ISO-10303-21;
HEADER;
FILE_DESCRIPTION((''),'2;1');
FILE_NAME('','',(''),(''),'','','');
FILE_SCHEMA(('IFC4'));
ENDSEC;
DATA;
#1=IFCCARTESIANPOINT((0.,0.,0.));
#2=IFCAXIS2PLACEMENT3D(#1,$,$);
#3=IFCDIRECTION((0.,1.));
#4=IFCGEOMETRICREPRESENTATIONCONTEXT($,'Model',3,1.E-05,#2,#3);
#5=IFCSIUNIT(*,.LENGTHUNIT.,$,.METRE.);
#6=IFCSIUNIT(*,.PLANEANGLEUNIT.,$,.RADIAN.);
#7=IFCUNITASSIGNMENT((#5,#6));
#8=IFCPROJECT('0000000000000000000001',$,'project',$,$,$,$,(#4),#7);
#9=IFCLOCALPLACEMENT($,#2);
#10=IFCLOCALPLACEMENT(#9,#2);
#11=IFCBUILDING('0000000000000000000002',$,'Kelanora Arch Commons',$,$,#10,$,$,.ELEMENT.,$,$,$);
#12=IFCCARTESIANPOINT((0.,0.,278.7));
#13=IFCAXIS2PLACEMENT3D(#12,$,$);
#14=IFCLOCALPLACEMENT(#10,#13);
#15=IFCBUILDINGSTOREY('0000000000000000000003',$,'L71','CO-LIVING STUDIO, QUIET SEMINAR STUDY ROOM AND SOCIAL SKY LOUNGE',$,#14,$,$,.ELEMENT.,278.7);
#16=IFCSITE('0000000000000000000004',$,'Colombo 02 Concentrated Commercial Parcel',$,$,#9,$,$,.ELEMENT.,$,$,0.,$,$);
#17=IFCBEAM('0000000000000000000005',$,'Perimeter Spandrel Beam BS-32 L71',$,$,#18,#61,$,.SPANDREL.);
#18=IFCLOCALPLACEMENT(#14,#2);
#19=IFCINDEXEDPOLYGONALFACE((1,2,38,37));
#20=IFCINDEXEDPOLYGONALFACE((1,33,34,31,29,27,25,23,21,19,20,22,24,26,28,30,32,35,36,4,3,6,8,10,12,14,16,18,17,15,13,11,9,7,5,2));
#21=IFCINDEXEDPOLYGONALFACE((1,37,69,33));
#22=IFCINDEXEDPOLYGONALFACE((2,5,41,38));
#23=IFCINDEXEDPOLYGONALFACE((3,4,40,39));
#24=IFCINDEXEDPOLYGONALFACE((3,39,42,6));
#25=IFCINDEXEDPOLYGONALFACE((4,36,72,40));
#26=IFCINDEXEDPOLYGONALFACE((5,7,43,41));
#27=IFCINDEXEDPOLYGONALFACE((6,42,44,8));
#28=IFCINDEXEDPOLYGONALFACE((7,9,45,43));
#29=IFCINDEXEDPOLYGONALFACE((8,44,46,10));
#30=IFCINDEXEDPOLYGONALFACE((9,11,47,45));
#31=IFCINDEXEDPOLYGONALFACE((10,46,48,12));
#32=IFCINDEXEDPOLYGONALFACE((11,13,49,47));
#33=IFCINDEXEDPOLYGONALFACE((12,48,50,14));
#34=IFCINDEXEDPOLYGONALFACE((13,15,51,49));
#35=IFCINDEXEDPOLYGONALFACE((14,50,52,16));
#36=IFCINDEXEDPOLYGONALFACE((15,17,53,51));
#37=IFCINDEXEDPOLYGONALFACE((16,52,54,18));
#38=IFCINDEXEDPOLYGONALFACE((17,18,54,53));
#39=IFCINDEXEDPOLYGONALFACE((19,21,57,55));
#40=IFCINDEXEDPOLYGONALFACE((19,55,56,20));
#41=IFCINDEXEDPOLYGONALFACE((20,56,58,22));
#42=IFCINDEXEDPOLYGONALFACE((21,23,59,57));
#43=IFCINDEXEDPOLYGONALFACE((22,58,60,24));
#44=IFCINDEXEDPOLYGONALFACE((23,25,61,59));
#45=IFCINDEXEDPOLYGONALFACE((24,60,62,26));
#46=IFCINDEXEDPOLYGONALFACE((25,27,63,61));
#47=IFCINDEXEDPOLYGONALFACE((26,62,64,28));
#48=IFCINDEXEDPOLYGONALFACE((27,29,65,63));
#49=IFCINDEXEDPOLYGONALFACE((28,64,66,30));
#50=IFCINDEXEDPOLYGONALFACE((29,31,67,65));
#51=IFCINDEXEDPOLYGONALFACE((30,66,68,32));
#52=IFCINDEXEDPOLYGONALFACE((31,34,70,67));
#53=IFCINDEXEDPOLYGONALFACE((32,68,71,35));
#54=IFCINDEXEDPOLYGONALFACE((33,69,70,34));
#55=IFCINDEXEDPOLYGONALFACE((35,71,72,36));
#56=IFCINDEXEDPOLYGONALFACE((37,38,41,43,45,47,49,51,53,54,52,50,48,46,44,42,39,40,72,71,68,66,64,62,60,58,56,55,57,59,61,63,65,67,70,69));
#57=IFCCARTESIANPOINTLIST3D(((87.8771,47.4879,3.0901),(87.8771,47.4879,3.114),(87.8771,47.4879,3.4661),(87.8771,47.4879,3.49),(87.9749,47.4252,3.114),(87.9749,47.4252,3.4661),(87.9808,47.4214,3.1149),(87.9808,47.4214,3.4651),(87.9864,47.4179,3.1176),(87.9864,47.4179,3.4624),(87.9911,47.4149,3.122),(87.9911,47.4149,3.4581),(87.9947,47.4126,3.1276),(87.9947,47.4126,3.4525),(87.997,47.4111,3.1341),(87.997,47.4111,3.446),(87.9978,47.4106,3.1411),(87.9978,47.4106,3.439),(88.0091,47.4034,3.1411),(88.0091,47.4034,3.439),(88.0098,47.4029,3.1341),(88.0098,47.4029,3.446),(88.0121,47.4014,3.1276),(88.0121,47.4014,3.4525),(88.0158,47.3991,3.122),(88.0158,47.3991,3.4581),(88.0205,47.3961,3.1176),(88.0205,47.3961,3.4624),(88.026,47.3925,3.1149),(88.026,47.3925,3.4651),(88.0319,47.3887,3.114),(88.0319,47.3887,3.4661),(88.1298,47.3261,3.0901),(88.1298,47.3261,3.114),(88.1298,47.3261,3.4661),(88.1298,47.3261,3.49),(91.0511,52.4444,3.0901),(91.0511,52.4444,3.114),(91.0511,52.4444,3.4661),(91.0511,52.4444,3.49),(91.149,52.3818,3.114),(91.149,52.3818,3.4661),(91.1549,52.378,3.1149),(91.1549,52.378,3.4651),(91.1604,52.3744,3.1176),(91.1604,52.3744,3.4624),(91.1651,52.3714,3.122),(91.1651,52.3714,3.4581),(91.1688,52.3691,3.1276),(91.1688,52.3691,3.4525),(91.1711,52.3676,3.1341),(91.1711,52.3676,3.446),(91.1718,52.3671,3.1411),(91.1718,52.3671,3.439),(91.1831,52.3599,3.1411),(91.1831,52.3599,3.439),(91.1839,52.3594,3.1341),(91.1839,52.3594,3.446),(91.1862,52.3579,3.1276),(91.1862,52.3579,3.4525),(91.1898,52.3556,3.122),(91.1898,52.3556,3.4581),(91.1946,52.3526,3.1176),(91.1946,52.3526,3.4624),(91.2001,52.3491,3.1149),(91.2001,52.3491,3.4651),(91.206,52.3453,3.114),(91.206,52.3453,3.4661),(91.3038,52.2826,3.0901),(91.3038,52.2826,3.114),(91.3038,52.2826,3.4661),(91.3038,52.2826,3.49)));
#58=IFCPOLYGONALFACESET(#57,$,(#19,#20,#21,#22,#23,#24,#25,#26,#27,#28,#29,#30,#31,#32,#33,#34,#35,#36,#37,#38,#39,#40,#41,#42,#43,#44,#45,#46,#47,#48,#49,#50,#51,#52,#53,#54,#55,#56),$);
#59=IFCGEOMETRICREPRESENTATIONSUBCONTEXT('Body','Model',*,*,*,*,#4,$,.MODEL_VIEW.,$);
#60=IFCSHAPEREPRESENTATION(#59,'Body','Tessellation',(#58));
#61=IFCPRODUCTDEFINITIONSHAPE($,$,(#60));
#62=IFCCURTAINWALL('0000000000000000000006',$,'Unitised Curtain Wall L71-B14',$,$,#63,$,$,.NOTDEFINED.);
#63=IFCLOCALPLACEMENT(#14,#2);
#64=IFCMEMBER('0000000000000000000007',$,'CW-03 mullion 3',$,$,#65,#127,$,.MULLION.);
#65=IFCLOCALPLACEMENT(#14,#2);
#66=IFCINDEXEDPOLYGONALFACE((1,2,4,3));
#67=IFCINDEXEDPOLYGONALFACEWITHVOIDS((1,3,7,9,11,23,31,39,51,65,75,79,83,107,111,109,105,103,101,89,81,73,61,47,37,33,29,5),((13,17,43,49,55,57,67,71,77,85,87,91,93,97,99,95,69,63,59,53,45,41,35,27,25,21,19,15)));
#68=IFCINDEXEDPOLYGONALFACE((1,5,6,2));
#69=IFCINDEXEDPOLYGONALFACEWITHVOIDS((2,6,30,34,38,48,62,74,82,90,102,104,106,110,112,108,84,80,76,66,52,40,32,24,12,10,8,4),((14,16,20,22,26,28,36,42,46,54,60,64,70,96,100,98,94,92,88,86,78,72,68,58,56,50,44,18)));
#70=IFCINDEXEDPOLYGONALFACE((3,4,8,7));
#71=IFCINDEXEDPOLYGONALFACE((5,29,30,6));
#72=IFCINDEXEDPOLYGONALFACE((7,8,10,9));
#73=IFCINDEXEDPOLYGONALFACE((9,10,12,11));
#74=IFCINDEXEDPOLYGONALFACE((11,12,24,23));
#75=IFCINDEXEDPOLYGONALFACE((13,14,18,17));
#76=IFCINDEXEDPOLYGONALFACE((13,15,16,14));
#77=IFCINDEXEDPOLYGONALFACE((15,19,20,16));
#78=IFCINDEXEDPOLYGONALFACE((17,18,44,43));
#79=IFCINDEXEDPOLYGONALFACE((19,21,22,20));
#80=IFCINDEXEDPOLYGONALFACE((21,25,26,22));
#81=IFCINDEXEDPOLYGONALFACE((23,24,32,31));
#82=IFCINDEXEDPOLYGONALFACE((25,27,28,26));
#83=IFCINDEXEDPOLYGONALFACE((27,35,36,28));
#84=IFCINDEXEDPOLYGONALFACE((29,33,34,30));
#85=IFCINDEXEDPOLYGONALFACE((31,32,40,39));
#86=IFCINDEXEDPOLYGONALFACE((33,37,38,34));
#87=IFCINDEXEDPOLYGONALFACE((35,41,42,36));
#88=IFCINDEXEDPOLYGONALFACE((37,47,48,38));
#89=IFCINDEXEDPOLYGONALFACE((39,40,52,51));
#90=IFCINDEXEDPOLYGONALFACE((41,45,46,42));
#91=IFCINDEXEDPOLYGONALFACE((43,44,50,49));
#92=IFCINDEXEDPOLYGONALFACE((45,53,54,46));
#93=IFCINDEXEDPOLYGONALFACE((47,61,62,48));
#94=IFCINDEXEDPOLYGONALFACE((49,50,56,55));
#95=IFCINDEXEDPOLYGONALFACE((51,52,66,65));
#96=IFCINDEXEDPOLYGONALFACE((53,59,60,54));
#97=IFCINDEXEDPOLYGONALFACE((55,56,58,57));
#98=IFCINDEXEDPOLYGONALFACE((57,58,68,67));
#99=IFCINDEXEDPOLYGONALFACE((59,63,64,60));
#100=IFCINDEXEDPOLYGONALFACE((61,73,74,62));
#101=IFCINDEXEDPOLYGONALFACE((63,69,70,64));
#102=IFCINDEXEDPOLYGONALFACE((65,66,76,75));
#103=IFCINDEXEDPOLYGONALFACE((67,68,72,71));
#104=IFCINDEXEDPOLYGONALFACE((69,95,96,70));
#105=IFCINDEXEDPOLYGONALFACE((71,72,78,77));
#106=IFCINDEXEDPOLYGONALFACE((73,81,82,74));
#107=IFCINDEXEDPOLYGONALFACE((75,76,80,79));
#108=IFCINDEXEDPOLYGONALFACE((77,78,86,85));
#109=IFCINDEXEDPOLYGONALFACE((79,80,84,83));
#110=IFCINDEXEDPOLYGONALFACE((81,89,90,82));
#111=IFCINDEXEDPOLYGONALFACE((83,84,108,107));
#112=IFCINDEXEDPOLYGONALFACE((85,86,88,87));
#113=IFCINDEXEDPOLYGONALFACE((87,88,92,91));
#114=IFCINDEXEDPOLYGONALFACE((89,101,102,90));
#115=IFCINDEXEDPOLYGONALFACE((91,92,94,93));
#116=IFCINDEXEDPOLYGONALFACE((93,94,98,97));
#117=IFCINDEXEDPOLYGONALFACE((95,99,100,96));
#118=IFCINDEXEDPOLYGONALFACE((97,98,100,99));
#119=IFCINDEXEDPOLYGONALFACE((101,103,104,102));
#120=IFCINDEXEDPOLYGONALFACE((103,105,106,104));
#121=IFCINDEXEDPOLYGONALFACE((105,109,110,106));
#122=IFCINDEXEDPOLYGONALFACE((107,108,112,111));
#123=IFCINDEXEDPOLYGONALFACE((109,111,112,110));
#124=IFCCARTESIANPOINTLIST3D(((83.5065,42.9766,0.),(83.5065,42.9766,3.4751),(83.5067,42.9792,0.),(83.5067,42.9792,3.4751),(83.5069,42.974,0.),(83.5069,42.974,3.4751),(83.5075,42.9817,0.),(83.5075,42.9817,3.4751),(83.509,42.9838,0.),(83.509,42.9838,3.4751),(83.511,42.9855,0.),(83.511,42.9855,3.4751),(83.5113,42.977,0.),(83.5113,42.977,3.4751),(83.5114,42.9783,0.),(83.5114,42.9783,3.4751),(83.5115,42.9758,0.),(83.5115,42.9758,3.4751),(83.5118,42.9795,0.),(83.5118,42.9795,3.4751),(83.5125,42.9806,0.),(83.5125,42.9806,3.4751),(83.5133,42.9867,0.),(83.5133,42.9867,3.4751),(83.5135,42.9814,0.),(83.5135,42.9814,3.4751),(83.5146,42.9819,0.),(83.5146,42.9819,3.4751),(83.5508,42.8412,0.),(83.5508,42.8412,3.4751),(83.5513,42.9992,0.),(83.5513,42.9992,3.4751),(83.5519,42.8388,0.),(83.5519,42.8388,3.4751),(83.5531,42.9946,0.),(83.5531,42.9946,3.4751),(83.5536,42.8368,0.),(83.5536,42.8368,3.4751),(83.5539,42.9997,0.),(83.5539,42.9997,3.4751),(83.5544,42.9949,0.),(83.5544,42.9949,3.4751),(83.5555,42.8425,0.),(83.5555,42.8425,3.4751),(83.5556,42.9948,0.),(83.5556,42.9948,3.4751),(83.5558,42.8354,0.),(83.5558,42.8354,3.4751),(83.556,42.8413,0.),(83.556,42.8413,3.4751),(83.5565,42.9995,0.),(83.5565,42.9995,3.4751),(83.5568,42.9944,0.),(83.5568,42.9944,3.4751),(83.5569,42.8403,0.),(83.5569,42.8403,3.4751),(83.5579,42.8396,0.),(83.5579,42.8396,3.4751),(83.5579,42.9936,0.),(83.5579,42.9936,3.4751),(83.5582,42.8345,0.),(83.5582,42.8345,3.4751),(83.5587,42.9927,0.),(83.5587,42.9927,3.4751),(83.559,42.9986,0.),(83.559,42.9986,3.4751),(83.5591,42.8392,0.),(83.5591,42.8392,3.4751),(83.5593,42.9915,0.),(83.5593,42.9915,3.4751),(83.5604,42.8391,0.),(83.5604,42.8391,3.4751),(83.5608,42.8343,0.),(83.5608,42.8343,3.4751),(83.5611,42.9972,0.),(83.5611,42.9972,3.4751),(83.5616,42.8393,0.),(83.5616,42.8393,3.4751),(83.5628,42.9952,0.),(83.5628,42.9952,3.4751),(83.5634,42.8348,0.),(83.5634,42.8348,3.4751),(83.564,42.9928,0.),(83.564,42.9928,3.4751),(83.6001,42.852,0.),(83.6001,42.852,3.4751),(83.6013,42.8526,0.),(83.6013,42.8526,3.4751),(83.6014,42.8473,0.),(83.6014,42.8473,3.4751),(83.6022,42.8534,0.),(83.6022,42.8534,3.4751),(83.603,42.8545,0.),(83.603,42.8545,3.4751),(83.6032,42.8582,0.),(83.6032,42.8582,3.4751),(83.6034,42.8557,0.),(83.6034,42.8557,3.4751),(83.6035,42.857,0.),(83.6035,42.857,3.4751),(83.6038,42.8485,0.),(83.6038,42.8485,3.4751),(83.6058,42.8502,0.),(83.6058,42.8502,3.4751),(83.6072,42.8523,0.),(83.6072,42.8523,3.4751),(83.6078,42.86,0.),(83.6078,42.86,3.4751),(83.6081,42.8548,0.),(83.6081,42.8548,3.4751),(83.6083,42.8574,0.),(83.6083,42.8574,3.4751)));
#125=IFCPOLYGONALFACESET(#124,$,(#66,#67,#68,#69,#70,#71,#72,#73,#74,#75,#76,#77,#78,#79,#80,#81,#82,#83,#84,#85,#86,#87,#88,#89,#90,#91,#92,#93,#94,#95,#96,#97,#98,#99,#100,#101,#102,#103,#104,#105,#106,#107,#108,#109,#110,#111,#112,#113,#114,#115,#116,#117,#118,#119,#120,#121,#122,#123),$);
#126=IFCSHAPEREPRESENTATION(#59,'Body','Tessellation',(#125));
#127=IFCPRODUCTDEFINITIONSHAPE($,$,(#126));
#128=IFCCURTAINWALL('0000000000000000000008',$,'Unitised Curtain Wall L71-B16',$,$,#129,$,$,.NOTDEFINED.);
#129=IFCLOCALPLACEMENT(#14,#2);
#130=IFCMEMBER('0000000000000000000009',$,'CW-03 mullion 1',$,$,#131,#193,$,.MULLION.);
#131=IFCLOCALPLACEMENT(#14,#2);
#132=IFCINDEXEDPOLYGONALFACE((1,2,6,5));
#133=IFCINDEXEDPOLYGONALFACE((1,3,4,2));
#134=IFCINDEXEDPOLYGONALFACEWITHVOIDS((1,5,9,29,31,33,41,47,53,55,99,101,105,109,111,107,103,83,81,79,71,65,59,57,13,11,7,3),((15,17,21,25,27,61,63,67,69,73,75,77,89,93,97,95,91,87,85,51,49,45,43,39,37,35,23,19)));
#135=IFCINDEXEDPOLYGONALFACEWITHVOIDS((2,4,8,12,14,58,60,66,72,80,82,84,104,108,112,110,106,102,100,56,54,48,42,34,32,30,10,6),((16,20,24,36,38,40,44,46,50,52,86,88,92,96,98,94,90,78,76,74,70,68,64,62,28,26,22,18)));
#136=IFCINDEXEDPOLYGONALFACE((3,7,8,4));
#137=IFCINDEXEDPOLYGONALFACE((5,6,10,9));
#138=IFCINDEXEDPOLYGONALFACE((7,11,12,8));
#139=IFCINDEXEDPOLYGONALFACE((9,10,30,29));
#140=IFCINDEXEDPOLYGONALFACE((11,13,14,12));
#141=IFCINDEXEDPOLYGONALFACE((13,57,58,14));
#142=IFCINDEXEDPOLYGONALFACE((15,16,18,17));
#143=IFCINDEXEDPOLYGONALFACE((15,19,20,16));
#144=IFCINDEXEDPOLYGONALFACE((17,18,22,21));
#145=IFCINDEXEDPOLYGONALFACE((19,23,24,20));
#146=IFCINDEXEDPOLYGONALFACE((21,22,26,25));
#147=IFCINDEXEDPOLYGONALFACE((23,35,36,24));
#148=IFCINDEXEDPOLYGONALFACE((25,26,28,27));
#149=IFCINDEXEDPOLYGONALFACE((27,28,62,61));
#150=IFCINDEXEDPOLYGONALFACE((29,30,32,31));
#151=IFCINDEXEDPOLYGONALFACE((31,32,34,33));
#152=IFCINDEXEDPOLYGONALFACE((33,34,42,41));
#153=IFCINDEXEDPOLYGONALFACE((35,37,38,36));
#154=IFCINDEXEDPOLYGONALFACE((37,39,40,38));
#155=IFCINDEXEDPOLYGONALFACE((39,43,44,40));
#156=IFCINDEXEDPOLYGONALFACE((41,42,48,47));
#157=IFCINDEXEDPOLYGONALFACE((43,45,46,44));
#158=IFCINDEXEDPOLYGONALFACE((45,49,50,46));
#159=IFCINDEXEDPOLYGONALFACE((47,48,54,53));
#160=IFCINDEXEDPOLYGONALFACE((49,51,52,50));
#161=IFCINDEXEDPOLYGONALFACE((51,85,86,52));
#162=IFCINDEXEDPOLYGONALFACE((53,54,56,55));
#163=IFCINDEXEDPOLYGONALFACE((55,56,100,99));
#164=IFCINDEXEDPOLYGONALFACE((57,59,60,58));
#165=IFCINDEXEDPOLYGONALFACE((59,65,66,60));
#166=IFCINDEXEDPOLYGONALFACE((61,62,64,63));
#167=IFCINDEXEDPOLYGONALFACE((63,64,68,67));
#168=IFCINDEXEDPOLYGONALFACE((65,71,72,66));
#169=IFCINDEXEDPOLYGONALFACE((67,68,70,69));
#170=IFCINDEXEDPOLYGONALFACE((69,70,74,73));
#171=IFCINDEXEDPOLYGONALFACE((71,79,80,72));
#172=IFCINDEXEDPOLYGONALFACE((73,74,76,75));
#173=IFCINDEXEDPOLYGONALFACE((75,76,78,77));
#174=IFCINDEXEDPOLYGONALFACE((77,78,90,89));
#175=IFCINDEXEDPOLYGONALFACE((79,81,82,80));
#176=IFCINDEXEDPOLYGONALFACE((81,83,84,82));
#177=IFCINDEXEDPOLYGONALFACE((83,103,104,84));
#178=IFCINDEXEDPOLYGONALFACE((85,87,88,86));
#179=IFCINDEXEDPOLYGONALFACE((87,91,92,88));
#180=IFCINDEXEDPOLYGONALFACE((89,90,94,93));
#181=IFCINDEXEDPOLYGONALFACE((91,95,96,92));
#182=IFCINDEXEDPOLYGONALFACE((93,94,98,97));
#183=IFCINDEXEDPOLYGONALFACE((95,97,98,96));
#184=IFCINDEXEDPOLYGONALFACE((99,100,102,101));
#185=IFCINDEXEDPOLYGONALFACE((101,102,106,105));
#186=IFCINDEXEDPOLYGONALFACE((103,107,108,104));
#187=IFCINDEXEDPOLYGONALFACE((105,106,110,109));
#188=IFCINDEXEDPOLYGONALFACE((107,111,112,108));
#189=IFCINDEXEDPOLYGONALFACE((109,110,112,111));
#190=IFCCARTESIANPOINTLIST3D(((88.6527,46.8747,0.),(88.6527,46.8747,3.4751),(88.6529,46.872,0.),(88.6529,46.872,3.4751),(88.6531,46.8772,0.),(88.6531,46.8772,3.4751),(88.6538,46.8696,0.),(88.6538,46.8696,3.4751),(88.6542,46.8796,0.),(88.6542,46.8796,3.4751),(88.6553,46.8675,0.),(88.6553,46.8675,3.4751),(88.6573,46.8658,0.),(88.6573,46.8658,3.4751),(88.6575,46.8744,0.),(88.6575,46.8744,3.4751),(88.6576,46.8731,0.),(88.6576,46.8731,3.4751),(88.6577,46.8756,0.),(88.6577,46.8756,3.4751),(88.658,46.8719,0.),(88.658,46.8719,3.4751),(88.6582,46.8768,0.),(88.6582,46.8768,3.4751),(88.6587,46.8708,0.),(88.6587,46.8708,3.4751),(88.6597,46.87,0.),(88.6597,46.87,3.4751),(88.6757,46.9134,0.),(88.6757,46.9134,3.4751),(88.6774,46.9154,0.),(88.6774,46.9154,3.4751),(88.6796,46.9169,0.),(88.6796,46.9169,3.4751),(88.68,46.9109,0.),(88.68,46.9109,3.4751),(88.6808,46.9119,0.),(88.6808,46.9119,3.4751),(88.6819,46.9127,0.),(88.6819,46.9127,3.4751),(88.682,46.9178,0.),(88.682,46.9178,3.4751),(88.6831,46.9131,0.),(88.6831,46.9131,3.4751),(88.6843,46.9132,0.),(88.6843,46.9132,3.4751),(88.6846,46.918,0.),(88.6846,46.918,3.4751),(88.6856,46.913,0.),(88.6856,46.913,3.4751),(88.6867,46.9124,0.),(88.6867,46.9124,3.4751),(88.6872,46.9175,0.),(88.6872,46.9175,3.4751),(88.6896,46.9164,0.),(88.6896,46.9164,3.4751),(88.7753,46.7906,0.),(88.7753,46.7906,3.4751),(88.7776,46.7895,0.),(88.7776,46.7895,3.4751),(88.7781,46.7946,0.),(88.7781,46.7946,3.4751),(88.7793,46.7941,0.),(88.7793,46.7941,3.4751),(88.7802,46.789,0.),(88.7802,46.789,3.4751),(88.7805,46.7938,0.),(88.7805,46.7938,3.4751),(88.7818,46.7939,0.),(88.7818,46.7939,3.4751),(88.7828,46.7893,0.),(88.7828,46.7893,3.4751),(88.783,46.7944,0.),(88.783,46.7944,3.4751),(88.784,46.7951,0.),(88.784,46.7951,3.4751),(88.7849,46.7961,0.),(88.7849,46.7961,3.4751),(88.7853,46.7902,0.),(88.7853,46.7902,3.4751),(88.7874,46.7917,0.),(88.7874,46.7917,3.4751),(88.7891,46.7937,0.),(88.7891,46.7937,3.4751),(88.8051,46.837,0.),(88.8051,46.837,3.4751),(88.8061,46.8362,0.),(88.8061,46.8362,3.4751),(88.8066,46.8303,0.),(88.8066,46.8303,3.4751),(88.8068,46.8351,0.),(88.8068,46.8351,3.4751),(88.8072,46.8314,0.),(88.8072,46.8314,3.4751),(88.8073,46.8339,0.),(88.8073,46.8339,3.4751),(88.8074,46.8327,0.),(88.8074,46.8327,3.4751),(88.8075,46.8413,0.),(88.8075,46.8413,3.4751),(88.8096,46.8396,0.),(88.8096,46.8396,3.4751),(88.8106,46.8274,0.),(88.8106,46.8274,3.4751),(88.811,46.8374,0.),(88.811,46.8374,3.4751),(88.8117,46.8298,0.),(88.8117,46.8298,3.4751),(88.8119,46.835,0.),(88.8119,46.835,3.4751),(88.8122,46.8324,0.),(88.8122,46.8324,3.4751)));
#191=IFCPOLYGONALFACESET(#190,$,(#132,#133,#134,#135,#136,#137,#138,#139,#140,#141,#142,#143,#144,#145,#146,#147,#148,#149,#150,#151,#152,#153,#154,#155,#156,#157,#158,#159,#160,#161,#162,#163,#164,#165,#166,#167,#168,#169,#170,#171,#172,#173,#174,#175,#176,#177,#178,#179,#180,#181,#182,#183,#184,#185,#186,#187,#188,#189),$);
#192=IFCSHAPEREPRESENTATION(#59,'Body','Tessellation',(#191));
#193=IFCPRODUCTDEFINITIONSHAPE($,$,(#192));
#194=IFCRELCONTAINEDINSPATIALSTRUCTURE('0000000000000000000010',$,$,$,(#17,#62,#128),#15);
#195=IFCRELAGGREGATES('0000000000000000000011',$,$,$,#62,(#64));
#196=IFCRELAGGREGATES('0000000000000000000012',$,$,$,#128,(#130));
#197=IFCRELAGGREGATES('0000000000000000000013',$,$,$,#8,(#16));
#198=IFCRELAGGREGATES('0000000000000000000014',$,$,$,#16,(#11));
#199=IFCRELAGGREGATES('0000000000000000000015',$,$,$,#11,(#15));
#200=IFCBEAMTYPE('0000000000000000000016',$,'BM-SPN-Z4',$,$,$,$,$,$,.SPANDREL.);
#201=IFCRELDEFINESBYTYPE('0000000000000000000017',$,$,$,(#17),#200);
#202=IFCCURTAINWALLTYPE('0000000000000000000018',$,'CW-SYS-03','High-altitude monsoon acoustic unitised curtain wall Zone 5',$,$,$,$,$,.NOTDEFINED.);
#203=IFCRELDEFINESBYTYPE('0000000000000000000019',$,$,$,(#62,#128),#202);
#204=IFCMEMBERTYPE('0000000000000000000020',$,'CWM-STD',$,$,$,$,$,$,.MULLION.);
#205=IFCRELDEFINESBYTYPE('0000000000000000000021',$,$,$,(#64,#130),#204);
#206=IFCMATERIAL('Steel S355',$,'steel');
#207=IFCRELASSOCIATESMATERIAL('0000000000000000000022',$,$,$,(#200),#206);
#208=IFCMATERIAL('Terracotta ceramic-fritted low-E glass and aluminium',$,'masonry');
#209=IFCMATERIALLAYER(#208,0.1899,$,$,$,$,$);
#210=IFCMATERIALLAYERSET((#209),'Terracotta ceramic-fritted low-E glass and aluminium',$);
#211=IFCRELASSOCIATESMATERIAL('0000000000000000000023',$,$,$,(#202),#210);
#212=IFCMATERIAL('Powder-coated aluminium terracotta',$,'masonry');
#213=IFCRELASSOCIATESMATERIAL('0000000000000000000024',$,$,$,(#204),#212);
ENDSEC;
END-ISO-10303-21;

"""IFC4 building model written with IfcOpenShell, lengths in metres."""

from ifc_helpers import new_model, si_unit, direction, frame, origin, origin_2d, place, context, subcontext, project, spatial, hollow_rectangle, i_section, extrude, material, layer, layer_set, material_profile, profile_set, type_object, element, aggregate, save


model = new_model("IFC4")

# Units and contexts
model_context = context("Model", 3, precision=1e-05, world=origin(), true_north=direction((0.0, 1.0)))
body_context = subcontext(model_context, "Body", "Model", "MODEL_VIEW")
ifc_project = project(units=[si_unit("LENGTHUNIT", "METRE"), si_unit("PLANEANGLEUNIT", "RADIAN")], contexts=[model_context])

# Site, building, storey
site_placement = place(None, origin())
site = spatial("IfcSite", under=ifc_project, at=site_placement, Name="Colombo 02 Concentrated Commercial Parcel", CompositionType="ELEMENT", RefElevation=0.0)
building_placement = place(site_placement, origin())
building = spatial("IfcBuilding", under=site, at=building_placement, Name="Kelanora Arch Commons", CompositionType="ELEMENT")
storey_placement = place(building_placement, frame((0.0, 0.0, 278.7)))
storey = spatial("IfcBuildingStorey", under=building, at=storey_placement, Name="L71", Description="CO-LIVING STUDIO, QUIET SEMINAR STUDY ROOM AND SOCIAL SKY LOUNGE", CompositionType="ELEMENT", Elevation=278.7)

# Beam
ifc_material_1 = material(Name="Steel S355", Category="steel")
ifc_material_profile_1 = material_profile(ifc_material_1, i_section(OverallWidth=0.3, OverallDepth=0.3999, WebThickness=0.0134, FlangeThickness=0.0239, FilletRadius=0.0271, at=origin_2d()), Name="HEB400")
ifc_profile_set_1 = profile_set([ifc_material_profile_1], Name="Steel S355")
beam_type_1 = type_object("IfcBeamType", Name="BM-SPN-Z4", PredefinedType="SPANDREL", material=ifc_profile_set_1)
beam_1_placement = place(storey_placement, frame((88.0034, 47.407, 3.29), z_axis=(0.539281, 0.842126, 0.0), x_axis=(-0.842126, 0.539281, 0.0)))
element("IfcBeam", 1, at=beam_1_placement, inside=storey, type_object=beam_type_1, Name="Perimeter Spandrel Beam BS-32 L71", PredefinedType="SPANDREL", context=body_context, shape_type="SweptSolid", body=[
    extrude(i_section(OverallWidth=0.3, OverallDepth=0.3999, WebThickness=0.0134, FlangeThickness=0.0239, FilletRadius=0.0271, at=origin_2d()), origin(), (0.0, 0.0, 1.0), 5.8857),
])

# Curtain wall, member
ifc_material_2 = material(Name="Terracotta ceramic-fritted low-E glass and aluminium", Category="masonry")
ifc_layer_1 = layer(ifc_material_2, 0.1899)
ifc_layer_set_1 = layer_set([ifc_layer_1], Name="Terracotta ceramic-fritted low-E glass and aluminium")
curtain_wall_type = type_object("IfcCurtainWallType", Name="CW-SYS-03", Description="High-altitude monsoon acoustic unitised curtain wall Zone 5", PredefinedType="NOTDEFINED", material=ifc_layer_set_1)
curtain_wall_1_placement = place(storey_placement, origin())
curtain_wall_1 = element("IfcCurtainWall", 2, at=curtain_wall_1_placement, inside=storey, type_object=curtain_wall_type, Name="Unitised Curtain Wall L71-B14", PredefinedType="NOTDEFINED")
ifc_material_3 = material(Name="Powder-coated aluminium terracotta", Category="masonry")
ifc_material_profile_2 = material_profile(ifc_material_3, hollow_rectangle(XDim=0.1599, YDim=0.0601, WallThickness=0.0049, InnerFilletRadius=0.0049, OuterFilletRadius=0.01, at=origin_2d()), Name="CWM160x60")
ifc_profile_set_2 = profile_set([ifc_material_profile_2], Name="Powder-coated aluminium terracotta")
member_type_1 = type_object("IfcMemberType", Name="CWM-STD", PredefinedType="MULLION", material=ifc_profile_set_2)
member_1_placement = place(storey_placement, frame((83.5574, 42.917, 0.0), z_axis=(0.0, 0.0, 1.0), x_axis=(-0.313253, 0.94967, 0.0)))
member_1 = element("IfcMember", 3, at=member_1_placement, type_object=member_type_1, Name="CW-03 mullion 3", PredefinedType="MULLION", context=body_context, shape_type="SweptSolid", body=[
    extrude(hollow_rectangle(XDim=0.1599, YDim=0.0601, WallThickness=0.0049, InnerFilletRadius=0.0049, OuterFilletRadius=0.01, at=origin_2d()), origin(), (0.0, 0.0, 1.0), 3.4751),
])
aggregate(curtain_wall_1, [member_1])

# Curtain wall, member
curtain_wall_2_placement = place(storey_placement, origin())
curtain_wall_2 = element("IfcCurtainWall", 4, at=curtain_wall_2_placement, inside=storey, type_object=curtain_wall_type, Name="Unitised Curtain Wall L71-B16", PredefinedType="NOTDEFINED")
member_2_placement = place(storey_placement, frame((88.7324, 46.8535, 0.0), z_axis=(0.0, 0.0, 1.0), x_axis=(-0.843391, 0.5373, 0.0)))
member_2 = element("IfcMember", 5, at=member_2_placement, type_object=member_type_1, Name="CW-03 mullion 1", PredefinedType="MULLION", context=body_context, shape_type="SweptSolid", body=[
    extrude(hollow_rectangle(XDim=0.1599, YDim=0.0601, WallThickness=0.0049, InnerFilletRadius=0.0049, OuterFilletRadius=0.01, at=origin_2d()), origin(), (0.0, 0.0, 1.0), 3.4751),
])
aggregate(curtain_wall_2, [member_2])

save(model, "model.ifc")
